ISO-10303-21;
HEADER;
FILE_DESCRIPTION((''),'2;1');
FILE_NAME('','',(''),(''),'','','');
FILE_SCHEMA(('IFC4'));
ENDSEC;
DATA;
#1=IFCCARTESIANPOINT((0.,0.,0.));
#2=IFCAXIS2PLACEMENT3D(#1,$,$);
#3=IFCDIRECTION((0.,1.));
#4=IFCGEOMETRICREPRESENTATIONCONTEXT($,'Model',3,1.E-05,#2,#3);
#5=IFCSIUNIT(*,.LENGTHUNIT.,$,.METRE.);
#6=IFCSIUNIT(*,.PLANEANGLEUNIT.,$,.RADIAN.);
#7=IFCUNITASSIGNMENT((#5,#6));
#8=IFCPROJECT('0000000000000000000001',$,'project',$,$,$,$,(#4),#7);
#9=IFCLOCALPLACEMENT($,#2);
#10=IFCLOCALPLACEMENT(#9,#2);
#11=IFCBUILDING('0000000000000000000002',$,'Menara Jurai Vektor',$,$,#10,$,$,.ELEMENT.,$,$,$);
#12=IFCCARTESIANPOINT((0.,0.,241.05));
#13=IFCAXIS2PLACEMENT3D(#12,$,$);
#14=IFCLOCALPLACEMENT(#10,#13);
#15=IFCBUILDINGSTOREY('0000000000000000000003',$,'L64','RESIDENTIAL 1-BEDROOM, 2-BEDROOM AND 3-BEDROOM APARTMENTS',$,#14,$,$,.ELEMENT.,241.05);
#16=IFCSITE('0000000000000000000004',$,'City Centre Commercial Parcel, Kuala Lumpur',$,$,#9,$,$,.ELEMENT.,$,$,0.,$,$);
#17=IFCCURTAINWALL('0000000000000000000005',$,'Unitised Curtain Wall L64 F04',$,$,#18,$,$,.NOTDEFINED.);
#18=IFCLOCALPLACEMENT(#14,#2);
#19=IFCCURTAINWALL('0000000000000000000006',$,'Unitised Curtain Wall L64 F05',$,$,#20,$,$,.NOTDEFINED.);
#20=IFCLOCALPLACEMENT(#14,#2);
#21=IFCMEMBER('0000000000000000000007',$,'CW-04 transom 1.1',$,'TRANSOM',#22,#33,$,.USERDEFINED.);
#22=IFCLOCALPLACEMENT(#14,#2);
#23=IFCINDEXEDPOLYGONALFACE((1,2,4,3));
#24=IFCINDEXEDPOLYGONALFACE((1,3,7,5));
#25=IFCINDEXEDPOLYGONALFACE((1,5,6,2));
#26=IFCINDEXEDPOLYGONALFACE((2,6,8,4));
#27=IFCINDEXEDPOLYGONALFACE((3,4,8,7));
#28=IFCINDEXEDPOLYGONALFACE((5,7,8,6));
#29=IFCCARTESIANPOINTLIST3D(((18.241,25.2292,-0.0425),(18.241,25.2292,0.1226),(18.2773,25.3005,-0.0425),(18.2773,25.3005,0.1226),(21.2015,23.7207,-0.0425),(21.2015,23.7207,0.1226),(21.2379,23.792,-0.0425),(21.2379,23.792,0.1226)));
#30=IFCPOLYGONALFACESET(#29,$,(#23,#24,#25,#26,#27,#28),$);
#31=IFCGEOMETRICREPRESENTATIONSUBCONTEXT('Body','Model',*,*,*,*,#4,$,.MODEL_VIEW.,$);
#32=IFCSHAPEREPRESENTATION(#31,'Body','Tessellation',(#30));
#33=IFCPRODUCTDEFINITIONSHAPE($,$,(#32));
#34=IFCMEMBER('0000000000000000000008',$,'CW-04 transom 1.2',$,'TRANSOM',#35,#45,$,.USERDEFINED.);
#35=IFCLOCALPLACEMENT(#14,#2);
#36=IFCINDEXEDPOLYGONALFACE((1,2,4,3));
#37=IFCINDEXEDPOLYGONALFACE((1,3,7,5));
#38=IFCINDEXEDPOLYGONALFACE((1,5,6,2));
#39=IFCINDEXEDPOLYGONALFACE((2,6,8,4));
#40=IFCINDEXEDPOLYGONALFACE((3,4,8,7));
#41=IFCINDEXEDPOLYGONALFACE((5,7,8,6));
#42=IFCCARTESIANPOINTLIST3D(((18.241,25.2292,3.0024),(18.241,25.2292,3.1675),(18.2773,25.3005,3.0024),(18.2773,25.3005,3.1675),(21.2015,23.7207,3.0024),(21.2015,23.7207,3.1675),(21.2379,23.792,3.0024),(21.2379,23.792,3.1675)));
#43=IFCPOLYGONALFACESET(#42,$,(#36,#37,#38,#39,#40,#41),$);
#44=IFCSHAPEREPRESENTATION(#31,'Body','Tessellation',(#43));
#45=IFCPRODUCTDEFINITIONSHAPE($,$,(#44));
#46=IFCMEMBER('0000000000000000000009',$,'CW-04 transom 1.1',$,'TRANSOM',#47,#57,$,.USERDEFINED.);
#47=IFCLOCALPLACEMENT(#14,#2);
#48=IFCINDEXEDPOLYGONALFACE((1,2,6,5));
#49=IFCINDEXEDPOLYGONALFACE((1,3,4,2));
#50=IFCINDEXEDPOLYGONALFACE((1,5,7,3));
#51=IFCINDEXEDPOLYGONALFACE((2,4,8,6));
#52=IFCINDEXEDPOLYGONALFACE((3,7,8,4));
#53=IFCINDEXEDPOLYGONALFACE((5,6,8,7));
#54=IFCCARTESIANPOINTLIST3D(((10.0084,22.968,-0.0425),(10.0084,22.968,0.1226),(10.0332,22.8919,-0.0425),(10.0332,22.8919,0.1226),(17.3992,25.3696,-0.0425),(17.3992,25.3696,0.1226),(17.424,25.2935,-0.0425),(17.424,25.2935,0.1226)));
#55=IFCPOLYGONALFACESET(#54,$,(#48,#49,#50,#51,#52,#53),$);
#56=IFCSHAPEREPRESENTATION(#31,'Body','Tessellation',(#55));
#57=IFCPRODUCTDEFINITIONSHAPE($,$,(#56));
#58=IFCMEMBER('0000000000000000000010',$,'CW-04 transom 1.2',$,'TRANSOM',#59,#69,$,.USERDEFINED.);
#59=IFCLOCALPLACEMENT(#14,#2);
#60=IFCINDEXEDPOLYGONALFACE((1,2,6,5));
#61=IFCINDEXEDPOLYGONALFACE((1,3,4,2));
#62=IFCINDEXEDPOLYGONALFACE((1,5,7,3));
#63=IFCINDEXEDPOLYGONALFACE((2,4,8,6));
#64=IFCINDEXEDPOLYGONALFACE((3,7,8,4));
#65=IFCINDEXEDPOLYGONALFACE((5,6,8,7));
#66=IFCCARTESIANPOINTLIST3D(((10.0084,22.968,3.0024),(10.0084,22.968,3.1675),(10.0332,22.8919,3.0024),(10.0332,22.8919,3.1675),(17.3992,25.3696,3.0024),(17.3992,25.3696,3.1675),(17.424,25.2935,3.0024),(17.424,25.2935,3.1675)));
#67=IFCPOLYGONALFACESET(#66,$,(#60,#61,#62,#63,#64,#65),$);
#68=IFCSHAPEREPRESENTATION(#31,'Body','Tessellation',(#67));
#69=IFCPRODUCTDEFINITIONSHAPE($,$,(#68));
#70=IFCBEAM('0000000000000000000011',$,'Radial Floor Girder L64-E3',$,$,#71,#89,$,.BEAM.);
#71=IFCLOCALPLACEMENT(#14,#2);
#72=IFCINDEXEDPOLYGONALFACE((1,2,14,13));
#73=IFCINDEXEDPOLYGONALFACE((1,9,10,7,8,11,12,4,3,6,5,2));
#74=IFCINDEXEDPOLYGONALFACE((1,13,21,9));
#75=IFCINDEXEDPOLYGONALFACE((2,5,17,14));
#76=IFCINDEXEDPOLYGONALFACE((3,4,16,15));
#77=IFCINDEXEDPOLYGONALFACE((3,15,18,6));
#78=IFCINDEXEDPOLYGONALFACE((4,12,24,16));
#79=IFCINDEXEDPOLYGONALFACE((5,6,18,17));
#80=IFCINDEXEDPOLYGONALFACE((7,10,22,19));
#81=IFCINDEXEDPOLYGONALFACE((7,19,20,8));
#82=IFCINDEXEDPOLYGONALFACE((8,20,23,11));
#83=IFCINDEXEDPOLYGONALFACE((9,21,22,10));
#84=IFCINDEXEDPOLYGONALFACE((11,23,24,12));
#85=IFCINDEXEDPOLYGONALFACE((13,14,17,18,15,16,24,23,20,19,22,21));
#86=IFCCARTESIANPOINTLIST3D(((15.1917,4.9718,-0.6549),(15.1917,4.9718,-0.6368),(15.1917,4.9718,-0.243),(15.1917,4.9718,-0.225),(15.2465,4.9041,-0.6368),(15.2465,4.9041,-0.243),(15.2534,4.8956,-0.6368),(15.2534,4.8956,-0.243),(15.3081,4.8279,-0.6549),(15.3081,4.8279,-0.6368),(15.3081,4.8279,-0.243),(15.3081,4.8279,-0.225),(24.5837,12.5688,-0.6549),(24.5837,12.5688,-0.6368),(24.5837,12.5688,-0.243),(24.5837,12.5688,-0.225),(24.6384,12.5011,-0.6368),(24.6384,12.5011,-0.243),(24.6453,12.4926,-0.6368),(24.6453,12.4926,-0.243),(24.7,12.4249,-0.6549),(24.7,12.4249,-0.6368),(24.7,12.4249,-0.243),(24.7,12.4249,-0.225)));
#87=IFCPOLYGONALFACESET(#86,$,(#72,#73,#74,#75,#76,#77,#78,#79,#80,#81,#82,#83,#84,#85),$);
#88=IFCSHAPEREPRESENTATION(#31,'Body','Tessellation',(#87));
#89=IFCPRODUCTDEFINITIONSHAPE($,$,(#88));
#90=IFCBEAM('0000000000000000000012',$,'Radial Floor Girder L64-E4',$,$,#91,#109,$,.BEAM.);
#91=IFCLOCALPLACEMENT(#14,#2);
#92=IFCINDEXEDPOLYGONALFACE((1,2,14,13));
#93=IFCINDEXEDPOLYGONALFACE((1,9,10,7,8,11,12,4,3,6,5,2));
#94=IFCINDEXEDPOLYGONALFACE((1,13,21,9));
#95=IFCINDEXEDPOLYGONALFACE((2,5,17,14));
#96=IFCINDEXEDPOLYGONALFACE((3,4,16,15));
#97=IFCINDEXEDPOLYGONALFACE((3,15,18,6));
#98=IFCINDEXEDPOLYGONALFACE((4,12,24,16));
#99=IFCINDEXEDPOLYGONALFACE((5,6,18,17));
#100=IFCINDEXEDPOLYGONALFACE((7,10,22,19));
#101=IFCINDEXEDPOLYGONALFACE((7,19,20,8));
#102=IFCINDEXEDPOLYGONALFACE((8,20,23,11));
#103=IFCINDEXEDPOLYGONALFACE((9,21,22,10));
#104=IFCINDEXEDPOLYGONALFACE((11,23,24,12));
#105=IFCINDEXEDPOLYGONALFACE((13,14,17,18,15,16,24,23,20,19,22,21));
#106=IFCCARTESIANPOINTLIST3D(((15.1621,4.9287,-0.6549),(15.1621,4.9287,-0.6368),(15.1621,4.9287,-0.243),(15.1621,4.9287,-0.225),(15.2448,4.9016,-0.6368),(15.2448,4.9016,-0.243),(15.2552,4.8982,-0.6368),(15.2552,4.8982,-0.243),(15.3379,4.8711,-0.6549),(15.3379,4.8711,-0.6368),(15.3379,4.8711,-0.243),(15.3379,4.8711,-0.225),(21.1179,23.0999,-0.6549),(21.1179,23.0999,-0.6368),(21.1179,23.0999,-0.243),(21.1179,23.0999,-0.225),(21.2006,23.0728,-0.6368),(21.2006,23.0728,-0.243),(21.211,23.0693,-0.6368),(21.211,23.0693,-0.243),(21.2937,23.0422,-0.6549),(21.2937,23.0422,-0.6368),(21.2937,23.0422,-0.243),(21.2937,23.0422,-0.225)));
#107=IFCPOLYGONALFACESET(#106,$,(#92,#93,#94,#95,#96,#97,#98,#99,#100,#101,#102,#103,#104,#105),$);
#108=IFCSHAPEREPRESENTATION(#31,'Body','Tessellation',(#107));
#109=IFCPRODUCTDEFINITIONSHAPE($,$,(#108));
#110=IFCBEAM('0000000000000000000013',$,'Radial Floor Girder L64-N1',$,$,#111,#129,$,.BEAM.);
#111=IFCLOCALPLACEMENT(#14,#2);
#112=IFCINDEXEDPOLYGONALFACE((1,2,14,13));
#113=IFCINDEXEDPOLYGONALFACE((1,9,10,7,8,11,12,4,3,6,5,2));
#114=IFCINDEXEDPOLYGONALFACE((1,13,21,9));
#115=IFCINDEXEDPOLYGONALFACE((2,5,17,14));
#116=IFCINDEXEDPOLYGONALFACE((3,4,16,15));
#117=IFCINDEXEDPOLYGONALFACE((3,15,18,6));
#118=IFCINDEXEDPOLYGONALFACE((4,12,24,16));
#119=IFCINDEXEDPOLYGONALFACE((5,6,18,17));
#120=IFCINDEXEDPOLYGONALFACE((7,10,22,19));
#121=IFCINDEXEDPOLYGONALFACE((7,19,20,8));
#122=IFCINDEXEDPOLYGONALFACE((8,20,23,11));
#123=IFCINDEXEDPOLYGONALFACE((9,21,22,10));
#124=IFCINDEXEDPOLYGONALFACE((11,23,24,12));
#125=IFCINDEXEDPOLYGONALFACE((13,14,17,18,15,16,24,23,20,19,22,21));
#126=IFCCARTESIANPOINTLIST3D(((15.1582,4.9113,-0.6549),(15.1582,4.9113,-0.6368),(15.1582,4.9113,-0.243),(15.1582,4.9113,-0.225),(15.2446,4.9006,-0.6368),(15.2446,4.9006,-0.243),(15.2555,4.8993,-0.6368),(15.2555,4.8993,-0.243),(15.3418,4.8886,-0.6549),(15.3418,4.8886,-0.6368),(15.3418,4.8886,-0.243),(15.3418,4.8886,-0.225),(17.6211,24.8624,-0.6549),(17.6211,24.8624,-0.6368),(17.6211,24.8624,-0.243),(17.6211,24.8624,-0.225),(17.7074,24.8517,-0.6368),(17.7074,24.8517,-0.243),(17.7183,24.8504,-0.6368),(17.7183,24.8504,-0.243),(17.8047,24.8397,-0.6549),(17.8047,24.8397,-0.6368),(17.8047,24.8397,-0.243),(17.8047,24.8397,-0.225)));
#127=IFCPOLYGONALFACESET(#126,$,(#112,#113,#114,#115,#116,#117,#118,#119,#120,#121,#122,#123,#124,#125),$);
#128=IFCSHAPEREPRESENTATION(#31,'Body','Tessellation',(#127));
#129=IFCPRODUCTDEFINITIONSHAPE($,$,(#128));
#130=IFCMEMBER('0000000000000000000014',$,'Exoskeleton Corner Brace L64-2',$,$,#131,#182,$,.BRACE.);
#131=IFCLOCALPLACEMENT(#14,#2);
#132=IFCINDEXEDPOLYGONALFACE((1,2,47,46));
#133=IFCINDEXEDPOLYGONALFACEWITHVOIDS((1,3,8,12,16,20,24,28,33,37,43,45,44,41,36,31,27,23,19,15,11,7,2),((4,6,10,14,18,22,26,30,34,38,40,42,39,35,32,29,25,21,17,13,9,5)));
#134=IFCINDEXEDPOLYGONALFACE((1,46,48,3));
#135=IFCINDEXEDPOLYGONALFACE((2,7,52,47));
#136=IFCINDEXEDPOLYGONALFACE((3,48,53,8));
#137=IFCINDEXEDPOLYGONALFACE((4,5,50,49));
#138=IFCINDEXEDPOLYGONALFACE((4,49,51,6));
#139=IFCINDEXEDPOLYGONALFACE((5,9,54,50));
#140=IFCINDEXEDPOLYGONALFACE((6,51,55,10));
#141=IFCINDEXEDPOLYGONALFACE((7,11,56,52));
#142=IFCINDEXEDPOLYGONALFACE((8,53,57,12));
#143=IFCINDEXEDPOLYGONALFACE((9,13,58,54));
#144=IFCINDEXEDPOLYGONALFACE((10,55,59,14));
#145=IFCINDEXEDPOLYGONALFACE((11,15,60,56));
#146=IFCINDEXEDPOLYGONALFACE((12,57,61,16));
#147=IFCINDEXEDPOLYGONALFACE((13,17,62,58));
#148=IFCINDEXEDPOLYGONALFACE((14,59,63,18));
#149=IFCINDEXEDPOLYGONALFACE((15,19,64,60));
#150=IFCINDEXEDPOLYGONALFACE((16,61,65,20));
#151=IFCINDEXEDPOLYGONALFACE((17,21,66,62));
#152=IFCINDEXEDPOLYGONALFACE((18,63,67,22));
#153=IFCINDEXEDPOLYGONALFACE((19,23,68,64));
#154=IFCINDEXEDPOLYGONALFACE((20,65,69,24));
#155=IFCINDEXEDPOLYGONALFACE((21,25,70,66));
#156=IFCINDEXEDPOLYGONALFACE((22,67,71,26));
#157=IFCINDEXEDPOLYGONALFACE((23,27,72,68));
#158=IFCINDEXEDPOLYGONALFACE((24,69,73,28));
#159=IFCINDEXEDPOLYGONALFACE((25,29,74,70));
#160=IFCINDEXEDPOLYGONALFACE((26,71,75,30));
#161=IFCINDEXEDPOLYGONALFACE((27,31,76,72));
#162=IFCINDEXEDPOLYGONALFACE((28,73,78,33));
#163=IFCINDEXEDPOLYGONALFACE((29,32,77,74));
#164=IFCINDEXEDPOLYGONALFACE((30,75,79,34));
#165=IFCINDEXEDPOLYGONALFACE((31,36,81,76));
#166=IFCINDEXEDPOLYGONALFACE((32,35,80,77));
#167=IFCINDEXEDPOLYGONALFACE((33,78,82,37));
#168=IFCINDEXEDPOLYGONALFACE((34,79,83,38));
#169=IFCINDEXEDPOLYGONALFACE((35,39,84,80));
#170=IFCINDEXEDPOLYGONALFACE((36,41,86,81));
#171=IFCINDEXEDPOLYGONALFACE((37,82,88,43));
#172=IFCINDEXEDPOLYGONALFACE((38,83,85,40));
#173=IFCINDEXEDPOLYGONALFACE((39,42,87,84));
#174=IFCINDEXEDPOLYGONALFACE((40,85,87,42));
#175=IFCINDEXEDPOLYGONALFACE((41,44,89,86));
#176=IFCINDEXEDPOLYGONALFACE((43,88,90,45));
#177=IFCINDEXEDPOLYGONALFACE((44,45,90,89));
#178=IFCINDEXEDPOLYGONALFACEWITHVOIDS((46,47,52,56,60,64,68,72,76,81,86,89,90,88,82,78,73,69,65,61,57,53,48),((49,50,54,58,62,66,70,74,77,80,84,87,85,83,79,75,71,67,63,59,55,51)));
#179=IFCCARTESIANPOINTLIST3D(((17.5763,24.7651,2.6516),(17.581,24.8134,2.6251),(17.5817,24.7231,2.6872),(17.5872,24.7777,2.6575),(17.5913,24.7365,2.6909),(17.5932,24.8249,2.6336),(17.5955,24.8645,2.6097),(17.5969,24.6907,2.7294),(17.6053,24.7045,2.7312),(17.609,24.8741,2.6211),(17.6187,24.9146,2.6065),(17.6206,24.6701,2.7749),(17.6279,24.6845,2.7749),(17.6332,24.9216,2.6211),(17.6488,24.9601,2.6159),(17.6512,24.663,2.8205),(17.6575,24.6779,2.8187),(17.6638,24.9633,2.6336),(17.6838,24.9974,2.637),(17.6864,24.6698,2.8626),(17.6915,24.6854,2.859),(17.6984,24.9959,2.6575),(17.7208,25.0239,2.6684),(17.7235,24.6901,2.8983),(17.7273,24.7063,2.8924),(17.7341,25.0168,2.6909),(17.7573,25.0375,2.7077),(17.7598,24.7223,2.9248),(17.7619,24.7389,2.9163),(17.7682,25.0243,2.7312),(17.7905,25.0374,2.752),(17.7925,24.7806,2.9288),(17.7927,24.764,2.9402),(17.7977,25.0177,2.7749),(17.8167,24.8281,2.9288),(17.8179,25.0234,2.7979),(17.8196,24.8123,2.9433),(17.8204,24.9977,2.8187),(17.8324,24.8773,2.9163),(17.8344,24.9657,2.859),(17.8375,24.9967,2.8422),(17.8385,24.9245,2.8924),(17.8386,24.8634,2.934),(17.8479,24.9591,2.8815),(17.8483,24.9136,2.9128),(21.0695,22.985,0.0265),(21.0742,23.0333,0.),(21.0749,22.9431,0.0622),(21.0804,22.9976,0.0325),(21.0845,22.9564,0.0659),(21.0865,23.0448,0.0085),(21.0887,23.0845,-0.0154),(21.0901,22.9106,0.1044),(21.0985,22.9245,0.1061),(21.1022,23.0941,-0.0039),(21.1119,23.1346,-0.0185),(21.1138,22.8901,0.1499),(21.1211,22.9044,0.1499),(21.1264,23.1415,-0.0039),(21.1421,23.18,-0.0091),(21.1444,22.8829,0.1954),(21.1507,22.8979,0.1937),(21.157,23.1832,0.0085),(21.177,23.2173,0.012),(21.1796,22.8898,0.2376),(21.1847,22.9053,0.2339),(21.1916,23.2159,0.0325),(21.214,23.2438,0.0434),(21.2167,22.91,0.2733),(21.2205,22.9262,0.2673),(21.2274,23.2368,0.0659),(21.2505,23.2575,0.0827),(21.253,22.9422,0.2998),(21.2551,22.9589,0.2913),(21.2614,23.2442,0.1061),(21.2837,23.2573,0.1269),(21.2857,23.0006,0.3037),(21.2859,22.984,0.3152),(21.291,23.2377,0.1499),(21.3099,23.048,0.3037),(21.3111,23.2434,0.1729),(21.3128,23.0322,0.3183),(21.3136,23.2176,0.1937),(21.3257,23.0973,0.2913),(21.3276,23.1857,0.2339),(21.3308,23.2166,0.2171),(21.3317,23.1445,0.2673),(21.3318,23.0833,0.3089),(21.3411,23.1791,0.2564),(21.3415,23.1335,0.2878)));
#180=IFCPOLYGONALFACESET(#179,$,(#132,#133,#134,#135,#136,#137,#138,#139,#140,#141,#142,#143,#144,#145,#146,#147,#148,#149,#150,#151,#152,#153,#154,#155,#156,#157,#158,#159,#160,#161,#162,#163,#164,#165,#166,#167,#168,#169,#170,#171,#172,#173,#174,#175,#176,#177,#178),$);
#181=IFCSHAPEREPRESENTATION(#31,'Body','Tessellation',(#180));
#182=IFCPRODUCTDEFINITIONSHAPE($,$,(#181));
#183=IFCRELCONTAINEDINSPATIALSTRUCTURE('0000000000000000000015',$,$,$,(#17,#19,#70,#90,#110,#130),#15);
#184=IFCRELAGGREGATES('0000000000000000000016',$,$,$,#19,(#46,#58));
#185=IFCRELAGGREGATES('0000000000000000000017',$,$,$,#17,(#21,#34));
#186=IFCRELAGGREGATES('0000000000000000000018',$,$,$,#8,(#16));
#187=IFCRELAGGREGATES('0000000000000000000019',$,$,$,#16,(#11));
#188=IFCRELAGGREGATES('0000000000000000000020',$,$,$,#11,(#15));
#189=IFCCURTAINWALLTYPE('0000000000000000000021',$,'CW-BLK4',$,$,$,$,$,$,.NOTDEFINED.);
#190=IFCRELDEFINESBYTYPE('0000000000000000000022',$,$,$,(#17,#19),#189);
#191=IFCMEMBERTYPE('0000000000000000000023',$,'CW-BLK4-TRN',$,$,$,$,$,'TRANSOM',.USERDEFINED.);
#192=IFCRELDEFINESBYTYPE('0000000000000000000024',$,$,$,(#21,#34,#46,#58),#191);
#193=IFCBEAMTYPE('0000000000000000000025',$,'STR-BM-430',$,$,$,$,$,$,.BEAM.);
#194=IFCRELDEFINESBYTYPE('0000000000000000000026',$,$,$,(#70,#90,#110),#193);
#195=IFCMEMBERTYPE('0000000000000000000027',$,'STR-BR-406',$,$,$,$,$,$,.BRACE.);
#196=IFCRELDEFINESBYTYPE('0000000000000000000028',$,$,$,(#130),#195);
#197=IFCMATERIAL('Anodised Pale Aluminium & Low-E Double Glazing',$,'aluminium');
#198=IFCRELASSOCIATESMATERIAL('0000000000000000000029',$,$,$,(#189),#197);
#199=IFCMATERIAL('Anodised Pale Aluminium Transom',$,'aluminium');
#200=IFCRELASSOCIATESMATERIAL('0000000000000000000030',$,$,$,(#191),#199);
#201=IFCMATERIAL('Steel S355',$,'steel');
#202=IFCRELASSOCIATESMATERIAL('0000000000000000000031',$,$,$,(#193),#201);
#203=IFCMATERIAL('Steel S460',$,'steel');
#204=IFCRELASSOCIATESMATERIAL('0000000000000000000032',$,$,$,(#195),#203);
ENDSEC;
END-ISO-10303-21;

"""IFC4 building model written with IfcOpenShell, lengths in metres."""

from ifc_helpers import new_model, si_unit, direction, frame, origin, origin_2d, place, context, subcontext, project, spatial, rectangle, hollow_circle, i_section, extrude, material, material_profile, profile_set, type_object, element, aggregate, save


model = new_model("IFC4")

# Units and contexts
model_context = context("Model", 3, precision=1e-05, world=origin(), true_north=direction((0.0, 1.0)))
body_context = subcontext(model_context, "Body", "Model", "MODEL_VIEW")
ifc_project = project(units=[si_unit("LENGTHUNIT", "METRE"), si_unit("PLANEANGLEUNIT", "RADIAN")], contexts=[model_context])

# Site, building, storey
site_placement = place(None, origin())
site = spatial("IfcSite", under=ifc_project, at=site_placement, Name="City Centre Commercial Parcel, Kuala Lumpur", CompositionType="ELEMENT", RefElevation=0.0)
building_placement = place(site_placement, origin())
building = spatial("IfcBuilding", under=site, at=building_placement, Name="Menara Jurai Vektor", CompositionType="ELEMENT")
storey_placement = place(building_placement, frame((0.0, 0.0, 241.05)))
storey = spatial("IfcBuildingStorey", under=building, at=storey_placement, Name="L64", Description="RESIDENTIAL 1-BEDROOM, 2-BEDROOM AND 3-BEDROOM APARTMENTS", CompositionType="ELEMENT", Elevation=241.05)

# Shared definitions
ifc_material_1 = material(Name="Steel S460", Category="steel")

# Curtain wall
ifc_material_2 = material(Name="Anodised Pale Aluminium & Low-E Double Glazing", Category="aluminium")
curtain_wall_type = type_object("IfcCurtainWallType", Name="CW-BLK4", PredefinedType="NOTDEFINED", material=ifc_material_2)
curtain_wall_1_placement = place(storey_placement, origin())
curtain_wall_1 = element("IfcCurtainWall", 1, at=curtain_wall_1_placement, inside=storey, type_object=curtain_wall_type, Name="Unitised Curtain Wall L64 F04", PredefinedType="NOTDEFINED")

# Curtain wall
curtain_wall_2_placement = place(storey_placement, origin())
curtain_wall_2 = element("IfcCurtainWall", 2, at=curtain_wall_2_placement, inside=storey, type_object=curtain_wall_type, Name="Unitised Curtain Wall L64 F05", PredefinedType="NOTDEFINED")

# Members
ifc_material_3 = material(Name="Anodised Pale Aluminium Transom", Category="aluminium")
ifc_material_profile_1 = material_profile(ifc_material_3, rectangle(XDim=0.0801, YDim=0.165, at=origin_2d()), Name="ALU TRN 80x165")
ifc_profile_set_1 = profile_set([ifc_material_profile_1], Name="Anodised Pale Aluminium Transom")
member_type_1 = type_object("IfcMemberType", Name="CW-BLK4-TRN", ElementType="TRANSOM", PredefinedType="USERDEFINED", material=ifc_profile_set_1)
member_1_placement = place(storey_placement, frame((21.2197, 23.7563, 0.04), z_axis=(-0.891007, 0.45399, 0.0), x_axis=(-0.45399, -0.891007, 0.0)))
member_1 = element("IfcMember", 3, at=member_1_placement, type_object=member_type_1, Name="CW-04 transom 1.1", ObjectType="TRANSOM", PredefinedType="USERDEFINED", context=body_context, shape_type="SweptSolid", body=[
    extrude(rectangle(XDim=0.0801, YDim=0.165, at=origin_2d()), origin(), (0.0, 0.0, 1.0), 3.3228),
])
member_2_placement = place(storey_placement, frame((21.2197, 23.7563, 3.085), z_axis=(-0.891007, 0.45399, 0.0), x_axis=(-0.45399, -0.891007, 0.0)))
member_2 = element("IfcMember", 4, at=member_2_placement, type_object=member_type_1, Name="CW-04 transom 1.2", ObjectType="TRANSOM", PredefinedType="USERDEFINED", context=body_context, shape_type="SweptSolid", body=[
    extrude(rectangle(XDim=0.0801, YDim=0.165, at=origin_2d()), origin(), (0.0, 0.0, 1.0), 3.3228),
])
member_3_placement = place(storey_placement, frame((17.4116, 25.3315, 0.04), z_axis=(-0.95105, -0.309037, 0.0), x_axis=(0.309037, -0.95105, 0.0)))
member_3 = element("IfcMember", 5, at=member_3_placement, type_object=member_type_1, Name="CW-04 transom 1.1", ObjectType="TRANSOM", PredefinedType="USERDEFINED", context=body_context, shape_type="SweptSolid", body=[
    extrude(rectangle(XDim=0.0801, YDim=0.165, at=origin_2d()), origin(), (0.0, 0.0, 1.0), 7.7712),
])
member_4_placement = place(storey_placement, frame((17.4116, 25.3315, 3.085), z_axis=(-0.95105, -0.309037, 0.0), x_axis=(0.309037, -0.95105, 0.0)))
member_4 = element("IfcMember", 6, at=member_4_placement, type_object=member_type_1, Name="CW-04 transom 1.2", ObjectType="TRANSOM", PredefinedType="USERDEFINED", context=body_context, shape_type="SweptSolid", body=[
    extrude(rectangle(XDim=0.0801, YDim=0.165, at=origin_2d()), origin(), (0.0, 0.0, 1.0), 7.7712),
])

# Beams
ifc_material_4 = material(Name="Steel S355", Category="steel")
ifc_material_profile_2 = material_profile(ifc_material_4, i_section(OverallWidth=0.1851, OverallDepth=0.4299, WebThickness=0.011, FlangeThickness=0.0181, at=origin_2d()), Name="PG 430x185x76")
ifc_profile_set_2 = profile_set([ifc_material_profile_2], Name="Steel S355")
beam_type_1 = type_object("IfcBeamType", Name="STR-BM-430", PredefinedType="BEAM", material=ifc_profile_set_2)
beam_1_placement = place(storey_placement, frame((24.6418, 12.4968, -0.4399), z_axis=(-0.777488, -0.628898, 0.0), x_axis=(0.628898, -0.777488, 0.0)))
element("IfcBeam", 7, at=beam_1_placement, inside=storey, type_object=beam_type_1, Name="Radial Floor Girder L64-E3", PredefinedType="BEAM", context=body_context, shape_type="SweptSolid", body=[
    extrude(i_section(OverallWidth=0.1851, OverallDepth=0.4299, WebThickness=0.011, FlangeThickness=0.0181, at=origin_2d()), origin(), (0.0, 0.0, 1.0), 12.0798),
])
beam_2_placement = place(storey_placement, frame((21.2058, 23.071, -0.4399), z_axis=(-0.311459, -0.95026, 0.0), x_axis=(0.95026, -0.311459, 0.0)))
element("IfcBeam", 8, at=beam_2_placement, inside=storey, type_object=beam_type_1, Name="Radial Floor Girder L64-E4", PredefinedType="BEAM", context=body_context, shape_type="SweptSolid", body=[
    extrude(i_section(OverallWidth=0.1851, OverallDepth=0.4299, WebThickness=0.011, FlangeThickness=0.0181, at=origin_2d()), origin(), (0.0, 0.0, 1.0), 19.1223),
])
beam_3_placement = place(storey_placement, frame((17.7129, 24.8511, -0.4399), z_axis=(-0.122516, -0.992467, 0.0), x_axis=(0.992467, -0.122516, 0.0)))
element("IfcBeam", 9, at=beam_3_placement, inside=storey, type_object=beam_type_1, Name="Radial Floor Girder L64-N1", PredefinedType="BEAM", context=body_context, shape_type="SweptSolid", body=[
    extrude(i_section(OverallWidth=0.1851, OverallDepth=0.4299, WebThickness=0.011, FlangeThickness=0.0181, at=origin_2d()), origin(), (0.0, 0.0, 1.0), 20.1025),
])

# Member
ifc_material_profile_3 = material_profile(ifc_material_1, hollow_circle(Radius=0.2031, WallThickness=0.0161, at=origin_2d()), Name="CHS 406.4x16")
ifc_profile_set_3 = profile_set([ifc_material_profile_3], Name="Steel S460")
member_type_2 = type_object("IfcMemberType", Name="STR-BR-406", PredefinedType="BRACE", material=ifc_profile_set_3)
member_5_placement = place(storey_placement, frame((21.2061, 23.071, 0.1499), z_axis=(-0.740361, 0.377269, 0.556357), x_axis=(-0.454026, -0.890989, 0.0)))
element("IfcMember", 10, at=member_5_placement, inside=storey, type_object=member_type_2, Name="Exoskeleton Corner Brace L64-2", PredefinedType="BRACE", context=body_context, shape_type="SweptSolid", body=[
    extrude(hollow_circle(Radius=0.2031, WallThickness=0.0161, at=origin_2d()), origin(), (0.0, 0.0, 1.0), 4.7183),
])

aggregate(curtain_wall_2, [member_3, member_4])
aggregate(curtain_wall_1, [member_1, member_2])

save(model, "model.ifc")
